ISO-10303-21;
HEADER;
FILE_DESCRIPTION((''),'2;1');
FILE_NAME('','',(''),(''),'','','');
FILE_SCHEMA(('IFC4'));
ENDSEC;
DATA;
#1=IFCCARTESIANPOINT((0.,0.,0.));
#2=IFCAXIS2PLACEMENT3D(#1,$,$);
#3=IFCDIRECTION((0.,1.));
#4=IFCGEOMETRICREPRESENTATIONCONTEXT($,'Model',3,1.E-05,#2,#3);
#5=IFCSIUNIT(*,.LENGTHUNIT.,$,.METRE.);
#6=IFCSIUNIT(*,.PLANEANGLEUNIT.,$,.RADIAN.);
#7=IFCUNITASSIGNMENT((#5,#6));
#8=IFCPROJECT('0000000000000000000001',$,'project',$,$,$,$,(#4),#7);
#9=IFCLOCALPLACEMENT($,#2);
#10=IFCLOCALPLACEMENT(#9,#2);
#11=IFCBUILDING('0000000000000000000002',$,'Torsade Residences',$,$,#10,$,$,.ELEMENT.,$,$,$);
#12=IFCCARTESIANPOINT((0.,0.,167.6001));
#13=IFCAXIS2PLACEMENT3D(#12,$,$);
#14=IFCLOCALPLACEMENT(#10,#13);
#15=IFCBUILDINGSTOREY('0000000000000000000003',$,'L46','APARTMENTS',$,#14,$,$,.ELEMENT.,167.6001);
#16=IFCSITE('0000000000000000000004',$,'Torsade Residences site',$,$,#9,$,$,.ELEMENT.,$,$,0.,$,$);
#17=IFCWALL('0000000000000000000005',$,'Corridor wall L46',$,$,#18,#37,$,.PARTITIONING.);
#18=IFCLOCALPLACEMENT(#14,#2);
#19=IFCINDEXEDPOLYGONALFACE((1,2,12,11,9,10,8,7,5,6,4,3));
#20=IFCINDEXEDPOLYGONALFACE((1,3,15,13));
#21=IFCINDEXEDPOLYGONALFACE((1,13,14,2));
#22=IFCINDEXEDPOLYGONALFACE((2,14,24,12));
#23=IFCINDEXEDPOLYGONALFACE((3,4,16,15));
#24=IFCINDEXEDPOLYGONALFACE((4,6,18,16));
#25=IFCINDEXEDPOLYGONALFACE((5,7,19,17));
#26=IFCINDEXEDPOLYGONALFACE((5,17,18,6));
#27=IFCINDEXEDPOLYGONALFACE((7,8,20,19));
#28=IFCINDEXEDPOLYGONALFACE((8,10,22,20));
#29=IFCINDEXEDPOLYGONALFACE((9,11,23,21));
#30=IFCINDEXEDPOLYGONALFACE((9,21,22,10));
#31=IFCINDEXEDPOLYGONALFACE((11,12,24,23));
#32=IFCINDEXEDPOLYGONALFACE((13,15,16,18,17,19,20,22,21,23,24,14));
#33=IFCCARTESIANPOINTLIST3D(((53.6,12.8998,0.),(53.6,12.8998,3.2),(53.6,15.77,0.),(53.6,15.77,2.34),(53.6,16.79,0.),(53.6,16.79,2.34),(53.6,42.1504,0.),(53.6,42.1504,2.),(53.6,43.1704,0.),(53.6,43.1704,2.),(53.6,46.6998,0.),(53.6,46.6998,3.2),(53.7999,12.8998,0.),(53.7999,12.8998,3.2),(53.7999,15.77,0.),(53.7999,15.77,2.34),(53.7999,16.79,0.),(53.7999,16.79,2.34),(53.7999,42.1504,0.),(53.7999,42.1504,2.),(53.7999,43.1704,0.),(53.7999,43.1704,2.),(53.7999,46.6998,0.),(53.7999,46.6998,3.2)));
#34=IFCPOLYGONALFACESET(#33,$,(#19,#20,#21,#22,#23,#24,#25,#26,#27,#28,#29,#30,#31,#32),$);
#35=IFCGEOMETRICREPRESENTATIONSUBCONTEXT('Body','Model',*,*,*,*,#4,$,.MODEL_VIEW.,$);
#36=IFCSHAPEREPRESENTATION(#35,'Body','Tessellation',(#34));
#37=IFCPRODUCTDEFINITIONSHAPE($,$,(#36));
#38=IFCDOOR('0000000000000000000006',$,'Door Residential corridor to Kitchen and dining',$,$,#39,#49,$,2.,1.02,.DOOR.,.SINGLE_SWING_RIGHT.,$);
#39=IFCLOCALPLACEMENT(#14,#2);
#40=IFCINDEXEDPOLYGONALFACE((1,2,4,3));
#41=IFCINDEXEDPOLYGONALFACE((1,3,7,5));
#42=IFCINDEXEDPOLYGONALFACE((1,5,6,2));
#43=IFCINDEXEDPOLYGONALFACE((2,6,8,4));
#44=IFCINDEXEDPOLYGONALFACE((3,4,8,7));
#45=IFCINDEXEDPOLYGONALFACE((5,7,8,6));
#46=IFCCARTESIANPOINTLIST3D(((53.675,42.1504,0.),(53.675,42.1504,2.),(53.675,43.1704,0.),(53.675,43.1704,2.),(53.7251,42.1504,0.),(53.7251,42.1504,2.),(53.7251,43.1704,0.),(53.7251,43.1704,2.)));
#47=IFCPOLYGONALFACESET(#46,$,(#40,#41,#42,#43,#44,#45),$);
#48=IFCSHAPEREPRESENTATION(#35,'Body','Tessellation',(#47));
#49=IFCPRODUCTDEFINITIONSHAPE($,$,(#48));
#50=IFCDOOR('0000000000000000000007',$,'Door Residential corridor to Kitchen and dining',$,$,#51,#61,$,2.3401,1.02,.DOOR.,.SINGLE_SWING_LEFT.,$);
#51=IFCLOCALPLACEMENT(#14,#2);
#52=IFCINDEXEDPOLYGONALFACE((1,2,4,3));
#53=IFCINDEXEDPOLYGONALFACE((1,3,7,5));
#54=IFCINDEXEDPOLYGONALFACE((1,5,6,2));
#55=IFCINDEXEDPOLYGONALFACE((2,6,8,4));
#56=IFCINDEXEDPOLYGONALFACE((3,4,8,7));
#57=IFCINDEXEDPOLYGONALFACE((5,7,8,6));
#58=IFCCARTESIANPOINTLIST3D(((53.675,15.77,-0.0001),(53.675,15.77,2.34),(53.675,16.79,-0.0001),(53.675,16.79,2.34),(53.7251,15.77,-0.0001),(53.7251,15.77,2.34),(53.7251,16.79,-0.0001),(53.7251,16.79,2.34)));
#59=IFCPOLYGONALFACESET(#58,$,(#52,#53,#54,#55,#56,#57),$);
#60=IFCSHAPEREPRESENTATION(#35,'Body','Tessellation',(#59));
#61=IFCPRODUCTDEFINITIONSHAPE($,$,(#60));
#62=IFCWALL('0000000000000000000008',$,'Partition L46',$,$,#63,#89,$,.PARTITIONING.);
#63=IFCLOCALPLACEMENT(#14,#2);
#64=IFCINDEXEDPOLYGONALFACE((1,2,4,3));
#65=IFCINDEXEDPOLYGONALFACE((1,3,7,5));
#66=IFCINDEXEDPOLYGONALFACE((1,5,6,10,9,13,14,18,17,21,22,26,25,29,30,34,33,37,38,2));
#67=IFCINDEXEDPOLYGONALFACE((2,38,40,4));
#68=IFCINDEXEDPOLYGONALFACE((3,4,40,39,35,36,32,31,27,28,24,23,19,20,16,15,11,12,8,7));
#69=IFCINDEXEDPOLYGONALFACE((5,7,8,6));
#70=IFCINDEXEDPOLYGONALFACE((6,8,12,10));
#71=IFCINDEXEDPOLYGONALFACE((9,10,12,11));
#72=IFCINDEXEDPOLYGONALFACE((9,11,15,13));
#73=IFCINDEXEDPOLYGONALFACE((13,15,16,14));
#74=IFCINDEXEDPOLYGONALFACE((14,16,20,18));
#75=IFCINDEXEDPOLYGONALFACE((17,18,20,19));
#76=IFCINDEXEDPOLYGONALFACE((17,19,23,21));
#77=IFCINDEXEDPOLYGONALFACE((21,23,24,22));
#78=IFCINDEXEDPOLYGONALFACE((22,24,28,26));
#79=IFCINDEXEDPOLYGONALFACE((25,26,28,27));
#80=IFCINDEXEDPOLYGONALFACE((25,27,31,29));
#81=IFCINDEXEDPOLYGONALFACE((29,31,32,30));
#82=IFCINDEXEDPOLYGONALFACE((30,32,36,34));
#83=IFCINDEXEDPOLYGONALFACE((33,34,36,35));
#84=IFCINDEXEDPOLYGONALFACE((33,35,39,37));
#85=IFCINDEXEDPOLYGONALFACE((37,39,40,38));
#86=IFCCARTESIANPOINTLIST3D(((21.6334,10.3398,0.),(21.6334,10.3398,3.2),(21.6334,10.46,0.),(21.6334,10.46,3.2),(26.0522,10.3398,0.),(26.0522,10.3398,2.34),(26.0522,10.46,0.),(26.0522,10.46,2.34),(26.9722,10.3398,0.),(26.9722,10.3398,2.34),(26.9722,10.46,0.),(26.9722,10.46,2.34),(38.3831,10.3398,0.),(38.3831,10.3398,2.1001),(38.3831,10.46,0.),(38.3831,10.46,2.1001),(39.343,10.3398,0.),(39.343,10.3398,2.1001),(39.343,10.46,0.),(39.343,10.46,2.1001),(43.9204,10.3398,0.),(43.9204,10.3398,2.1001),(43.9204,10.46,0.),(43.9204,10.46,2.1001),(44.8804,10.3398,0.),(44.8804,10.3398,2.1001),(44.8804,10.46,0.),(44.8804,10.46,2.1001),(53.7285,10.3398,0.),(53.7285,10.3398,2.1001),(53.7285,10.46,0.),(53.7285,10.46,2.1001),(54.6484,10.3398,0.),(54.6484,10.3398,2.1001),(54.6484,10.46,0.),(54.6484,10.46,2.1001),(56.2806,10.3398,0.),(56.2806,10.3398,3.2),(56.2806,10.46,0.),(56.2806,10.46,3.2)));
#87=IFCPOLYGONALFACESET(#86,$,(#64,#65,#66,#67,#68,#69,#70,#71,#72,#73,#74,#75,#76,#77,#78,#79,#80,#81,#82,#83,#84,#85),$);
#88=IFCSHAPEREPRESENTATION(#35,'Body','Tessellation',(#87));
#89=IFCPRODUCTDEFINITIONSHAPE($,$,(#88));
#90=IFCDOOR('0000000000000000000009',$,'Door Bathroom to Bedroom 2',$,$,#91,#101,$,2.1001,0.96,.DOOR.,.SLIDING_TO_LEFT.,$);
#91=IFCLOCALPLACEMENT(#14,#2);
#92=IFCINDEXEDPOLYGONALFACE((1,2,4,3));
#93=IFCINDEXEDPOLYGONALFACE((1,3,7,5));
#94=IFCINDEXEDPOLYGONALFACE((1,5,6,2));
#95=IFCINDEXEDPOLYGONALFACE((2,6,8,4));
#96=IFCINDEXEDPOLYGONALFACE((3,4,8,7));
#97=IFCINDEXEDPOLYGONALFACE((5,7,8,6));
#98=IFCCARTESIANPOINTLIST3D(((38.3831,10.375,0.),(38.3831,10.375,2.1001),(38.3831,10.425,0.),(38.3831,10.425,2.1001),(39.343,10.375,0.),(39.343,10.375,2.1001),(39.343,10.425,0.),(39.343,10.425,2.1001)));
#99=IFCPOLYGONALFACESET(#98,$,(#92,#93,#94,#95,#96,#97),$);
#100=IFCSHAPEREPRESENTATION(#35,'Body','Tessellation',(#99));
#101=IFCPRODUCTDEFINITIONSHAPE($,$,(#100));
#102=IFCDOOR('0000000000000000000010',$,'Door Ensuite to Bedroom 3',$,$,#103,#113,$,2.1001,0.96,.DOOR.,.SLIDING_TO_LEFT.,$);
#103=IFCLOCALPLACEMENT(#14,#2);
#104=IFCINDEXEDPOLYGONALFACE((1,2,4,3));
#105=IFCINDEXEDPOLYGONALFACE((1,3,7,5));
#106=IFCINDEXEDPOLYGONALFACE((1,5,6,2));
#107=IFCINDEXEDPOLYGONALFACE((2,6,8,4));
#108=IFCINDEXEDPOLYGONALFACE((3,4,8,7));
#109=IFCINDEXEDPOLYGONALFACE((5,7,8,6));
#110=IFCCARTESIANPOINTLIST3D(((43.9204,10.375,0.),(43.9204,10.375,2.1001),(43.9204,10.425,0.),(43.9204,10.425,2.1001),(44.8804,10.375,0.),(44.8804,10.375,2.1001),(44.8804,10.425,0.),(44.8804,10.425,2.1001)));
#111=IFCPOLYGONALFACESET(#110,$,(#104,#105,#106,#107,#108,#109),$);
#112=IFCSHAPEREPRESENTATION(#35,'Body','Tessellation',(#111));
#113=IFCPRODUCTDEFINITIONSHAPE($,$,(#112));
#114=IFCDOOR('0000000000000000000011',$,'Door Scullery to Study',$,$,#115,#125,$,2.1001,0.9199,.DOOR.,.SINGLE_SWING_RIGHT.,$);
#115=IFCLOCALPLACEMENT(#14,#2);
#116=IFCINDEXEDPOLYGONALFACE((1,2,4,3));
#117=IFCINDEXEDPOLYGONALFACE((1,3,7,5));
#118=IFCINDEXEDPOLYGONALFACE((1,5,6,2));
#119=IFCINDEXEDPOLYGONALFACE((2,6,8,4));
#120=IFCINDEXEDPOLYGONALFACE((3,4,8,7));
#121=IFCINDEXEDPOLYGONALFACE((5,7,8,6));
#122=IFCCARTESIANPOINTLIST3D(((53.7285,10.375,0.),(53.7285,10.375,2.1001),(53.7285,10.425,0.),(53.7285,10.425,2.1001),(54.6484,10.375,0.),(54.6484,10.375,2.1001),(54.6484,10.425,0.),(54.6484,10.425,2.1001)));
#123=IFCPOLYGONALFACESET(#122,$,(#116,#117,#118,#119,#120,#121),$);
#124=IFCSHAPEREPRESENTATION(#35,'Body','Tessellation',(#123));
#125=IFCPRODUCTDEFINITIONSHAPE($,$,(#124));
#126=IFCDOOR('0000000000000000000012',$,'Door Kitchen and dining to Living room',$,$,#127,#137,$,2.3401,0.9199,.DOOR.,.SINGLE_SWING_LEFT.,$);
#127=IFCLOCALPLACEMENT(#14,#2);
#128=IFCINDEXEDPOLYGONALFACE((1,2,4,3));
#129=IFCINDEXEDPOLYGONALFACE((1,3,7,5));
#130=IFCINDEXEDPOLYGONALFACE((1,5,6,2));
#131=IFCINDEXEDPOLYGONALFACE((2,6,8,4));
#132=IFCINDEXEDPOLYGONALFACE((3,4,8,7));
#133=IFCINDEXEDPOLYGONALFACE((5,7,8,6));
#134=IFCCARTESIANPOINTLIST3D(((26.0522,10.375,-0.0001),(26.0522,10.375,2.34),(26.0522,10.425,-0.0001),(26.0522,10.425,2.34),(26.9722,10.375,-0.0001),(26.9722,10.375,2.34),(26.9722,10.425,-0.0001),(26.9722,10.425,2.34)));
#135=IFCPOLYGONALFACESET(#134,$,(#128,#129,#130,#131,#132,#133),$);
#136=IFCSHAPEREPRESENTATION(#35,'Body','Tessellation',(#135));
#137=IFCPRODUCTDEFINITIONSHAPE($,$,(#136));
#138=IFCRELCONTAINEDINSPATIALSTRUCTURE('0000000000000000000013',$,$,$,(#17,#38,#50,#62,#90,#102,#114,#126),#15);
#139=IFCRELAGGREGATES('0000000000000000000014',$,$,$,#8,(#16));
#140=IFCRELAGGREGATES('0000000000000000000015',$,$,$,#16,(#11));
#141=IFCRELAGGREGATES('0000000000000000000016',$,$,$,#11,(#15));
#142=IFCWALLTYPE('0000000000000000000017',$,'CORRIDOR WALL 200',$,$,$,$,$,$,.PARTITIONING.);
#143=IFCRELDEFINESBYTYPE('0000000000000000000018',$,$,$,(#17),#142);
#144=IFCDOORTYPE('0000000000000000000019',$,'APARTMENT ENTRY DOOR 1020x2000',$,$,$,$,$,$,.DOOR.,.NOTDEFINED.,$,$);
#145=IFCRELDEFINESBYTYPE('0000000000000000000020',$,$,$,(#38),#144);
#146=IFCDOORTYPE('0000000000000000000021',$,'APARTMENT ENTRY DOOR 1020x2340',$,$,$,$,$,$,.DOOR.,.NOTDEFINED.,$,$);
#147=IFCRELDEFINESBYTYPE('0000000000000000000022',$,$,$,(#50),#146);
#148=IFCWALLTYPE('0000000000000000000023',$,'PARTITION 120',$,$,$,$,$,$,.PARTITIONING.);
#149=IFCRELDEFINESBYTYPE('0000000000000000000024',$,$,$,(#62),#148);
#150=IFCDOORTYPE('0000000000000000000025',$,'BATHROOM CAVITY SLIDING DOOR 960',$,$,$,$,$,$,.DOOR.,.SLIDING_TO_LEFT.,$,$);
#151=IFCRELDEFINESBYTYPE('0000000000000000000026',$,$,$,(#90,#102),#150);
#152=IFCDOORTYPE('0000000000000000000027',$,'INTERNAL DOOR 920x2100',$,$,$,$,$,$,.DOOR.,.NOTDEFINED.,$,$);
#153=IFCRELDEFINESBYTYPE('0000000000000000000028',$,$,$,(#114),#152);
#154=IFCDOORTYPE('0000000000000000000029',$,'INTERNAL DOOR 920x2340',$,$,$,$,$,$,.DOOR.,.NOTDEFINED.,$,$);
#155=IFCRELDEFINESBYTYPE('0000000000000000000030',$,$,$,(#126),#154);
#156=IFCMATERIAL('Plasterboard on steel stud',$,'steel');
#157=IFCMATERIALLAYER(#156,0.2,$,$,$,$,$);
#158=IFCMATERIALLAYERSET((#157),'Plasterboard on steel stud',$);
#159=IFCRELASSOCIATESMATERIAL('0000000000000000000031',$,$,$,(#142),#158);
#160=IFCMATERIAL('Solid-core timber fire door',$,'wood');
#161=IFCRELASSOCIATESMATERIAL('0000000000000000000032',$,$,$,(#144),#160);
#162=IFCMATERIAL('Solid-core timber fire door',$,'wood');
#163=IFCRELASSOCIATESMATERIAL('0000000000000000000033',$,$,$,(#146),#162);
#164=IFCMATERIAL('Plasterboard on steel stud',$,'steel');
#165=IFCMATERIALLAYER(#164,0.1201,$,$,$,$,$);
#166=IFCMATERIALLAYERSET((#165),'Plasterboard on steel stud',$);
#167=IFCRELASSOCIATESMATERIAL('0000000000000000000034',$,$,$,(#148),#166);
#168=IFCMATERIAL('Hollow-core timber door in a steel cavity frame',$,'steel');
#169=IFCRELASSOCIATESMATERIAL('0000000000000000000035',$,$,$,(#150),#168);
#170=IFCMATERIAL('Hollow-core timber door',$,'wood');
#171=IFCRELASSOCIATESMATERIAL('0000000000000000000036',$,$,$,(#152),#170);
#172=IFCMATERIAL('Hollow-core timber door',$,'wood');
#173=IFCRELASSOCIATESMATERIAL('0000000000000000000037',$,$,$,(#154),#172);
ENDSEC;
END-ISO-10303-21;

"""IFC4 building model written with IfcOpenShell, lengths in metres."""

from ifc_helpers import new_model, si_unit, direction, frame, frame_2d, origin, place, context, subcontext, project, spatial, rectangle, extrude, material, layer, layer_set, type_object, element, fill, save


model = new_model("IFC4")

# Units and contexts
model_context = context("Model", 3, precision=1e-05, world=origin(), true_north=direction((0.0, 1.0)))
body_context = subcontext(model_context, "Body", "Model", "MODEL_VIEW")
ifc_project = project(units=[si_unit("LENGTHUNIT", "METRE"), si_unit("PLANEANGLEUNIT", "RADIAN")], contexts=[model_context])

# Site, building, storey
site_placement = place(None, origin())
site = spatial("IfcSite", under=ifc_project, at=site_placement, Name="Torsade Residences site", CompositionType="ELEMENT", RefElevation=0.0)
building_placement = place(site_placement, origin())
building = spatial("IfcBuilding", under=site, at=building_placement, Name="Torsade Residences", CompositionType="ELEMENT")
storey_placement = place(building_placement, frame((0.0, 0.0, 167.6001)))
storey = spatial("IfcBuildingStorey", under=building, at=storey_placement, Name="L46", Description="APARTMENTS", CompositionType="ELEMENT", Elevation=167.6001)

# Walls, openings, doors
ifc_material_1 = material(Name="Plasterboard on steel stud", Category="steel")
ifc_layer_1 = layer(ifc_material_1, 0.2)
ifc_layer_set_1 = layer_set([ifc_layer_1], Name="Plasterboard on steel stud")
wall_type_1 = type_object("IfcWallType", Name="CORRIDOR WALL 200", PredefinedType="PARTITIONING", material=ifc_layer_set_1)
wall_1_placement = place(storey_placement, frame((53.7, 12.8999, 0.0), z_axis=(0.0, 0.0, 1.0), x_axis=(0.0, 1.0, 0.0)))
wall_1 = element("IfcWall", 1, at=wall_1_placement, inside=storey, type_object=wall_type_1, Name="Corridor wall L46", PredefinedType="PARTITIONING", context=body_context, shape_type="SweptSolid", body=[
    extrude(rectangle(XDim=33.8, YDim=0.2, at=frame_2d((16.8999, 0.0))), origin(), (0.0, 0.0, 1.0), 3.2),
])
opening_1_placement = place(wall_1_placement, frame((29.2505, 0.0, 0.0)))
opening_1 = element("IfcOpeningElement", 2, at=opening_1_placement, cuts=wall_1, PredefinedType="OPENING", context=body_context, shape_type="SweptSolid", body=[
    extrude(rectangle(XDim=1.02, YDim=2.0, at=frame_2d((0.51, 1.0))), frame((0.0, 0.1099, 0.0), z_axis=(0.0, -1.0, 0.0), x_axis=(1.0, 0.0, 0.0)), (0.0, 0.0, 1.0), 0.22),
])
opening_2_placement = place(wall_1_placement, frame((2.8701, 0.0, 0.0)))
opening_2 = element("IfcOpeningElement", 3, at=opening_2_placement, cuts=wall_1, PredefinedType="OPENING", context=body_context, shape_type="SweptSolid", body=[
    extrude(rectangle(XDim=1.02, YDim=2.3401, at=frame_2d((0.51, 1.1699))), frame((0.0, 0.1099, 0.0), z_axis=(0.0, -1.0, 0.0), x_axis=(1.0, 0.0, 0.0)), (0.0, 0.0, 1.0), 0.22),
])
ifc_material_2 = material(Name="Solid-core timber fire door", Category="wood")
door_type_1 = type_object("IfcDoorType", Name="APARTMENT ENTRY DOOR 1020x2000", OperationType="NOTDEFINED", PredefinedType="DOOR", material=ifc_material_2)
door_1_placement = place(opening_1_placement, origin())
door_1 = element("IfcDoor", 4, at=door_1_placement, inside=storey, type_object=door_type_1, Name="Door Residential corridor to Kitchen and dining", OperationType="SINGLE_SWING_RIGHT", OverallHeight=2.0, OverallWidth=1.02, PredefinedType="DOOR", context=body_context, shape_type="SweptSolid", body=[
    extrude(rectangle(XDim=1.02, YDim=2.0, at=frame_2d((0.51, 1.0))), frame((0.0, 0.0249, 0.0), z_axis=(0.0, -1.0, 0.0), x_axis=(1.0, 0.0, 0.0)), (0.0, 0.0, 1.0), 0.05),
])
fill(opening_1, door_1)
ifc_material_3 = material(Name="Solid-core timber fire door", Category="wood")
door_type_2 = type_object("IfcDoorType", Name="APARTMENT ENTRY DOOR 1020x2340", OperationType="NOTDEFINED", PredefinedType="DOOR", material=ifc_material_3)
door_2_placement = place(opening_2_placement, origin())
door_2 = element("IfcDoor", 5, at=door_2_placement, inside=storey, type_object=door_type_2, Name="Door Residential corridor to Kitchen and dining", OperationType="SINGLE_SWING_LEFT", OverallHeight=2.3401, OverallWidth=1.02, PredefinedType="DOOR", context=body_context, shape_type="SweptSolid", body=[
    extrude(rectangle(XDim=1.02, YDim=2.3401, at=frame_2d((0.51, 1.1699))), frame((0.0, 0.0249, 0.0), z_axis=(0.0, -1.0, 0.0), x_axis=(1.0, 0.0, 0.0)), (0.0, 0.0, 1.0), 0.05),
])
fill(opening_2, door_2)
ifc_material_4 = material(Name="Plasterboard on steel stud", Category="steel")
ifc_layer_2 = layer(ifc_material_4, 0.1201)
ifc_layer_set_2 = layer_set([ifc_layer_2], Name="Plasterboard on steel stud")
wall_type_2 = type_object("IfcWallType", Name="PARTITION 120", PredefinedType="PARTITIONING", material=ifc_layer_set_2)
wall_2_placement = place(storey_placement, frame((56.2808, 10.3999, 0.0), z_axis=(0.0, 0.0, 1.0), x_axis=(-1.0, 0.0, 0.0)))
wall_2 = element("IfcWall", 6, at=wall_2_placement, inside=storey, type_object=wall_type_2, Name="Partition L46", PredefinedType="PARTITIONING", context=body_context, shape_type="SweptSolid", body=[
    extrude(rectangle(XDim=34.6472, YDim=0.1201, at=frame_2d((17.3237, 0.0))), origin(), (0.0, 0.0, 1.0), 3.2),
])
opening_3_placement = place(wall_2_placement, frame((29.3086, 0.0, 0.0)))
opening_3 = element("IfcOpeningElement", 7, at=opening_3_placement, cuts=wall_2, PredefinedType="OPENING", context=body_context, shape_type="SweptSolid", body=[
    extrude(rectangle(XDim=0.9199, YDim=2.3401, at=frame_2d((0.46, 1.1699))), frame((0.0, 0.0701, 0.0), z_axis=(0.0, -1.0, 0.0), x_axis=(1.0, 0.0, 0.0)), (0.0, 0.0, 1.0), 0.1401),
])
opening_4_placement = place(wall_2_placement, frame((1.6323, 0.0, 0.0)))
opening_4 = element("IfcOpeningElement", 8, at=opening_4_placement, cuts=wall_2, PredefinedType="OPENING", context=body_context, shape_type="SweptSolid", body=[
    extrude(rectangle(XDim=0.9199, YDim=2.1001, at=frame_2d((0.46, 1.05))), frame((0.0, 0.0701, 0.0), z_axis=(0.0, -1.0, 0.0), x_axis=(1.0, 0.0, 0.0)), (0.0, 0.0, 1.0), 0.1401),
])
opening_5_placement = place(wall_2_placement, frame((16.9377, 0.0, 0.0)))
opening_5 = element("IfcOpeningElement", 9, at=opening_5_placement, cuts=wall_2, PredefinedType="OPENING", context=body_context, shape_type="SweptSolid", body=[
    extrude(rectangle(XDim=0.96, YDim=2.1001, at=frame_2d((0.48, 1.05))), frame((0.0, 0.0701, 0.0), z_axis=(0.0, -1.0, 0.0), x_axis=(1.0, 0.0, 0.0)), (0.0, 0.0, 1.0), 0.1401),
])
opening_6_placement = place(wall_2_placement, frame((11.4004, 0.0, 0.0)))
opening_6 = element("IfcOpeningElement", 10, at=opening_6_placement, cuts=wall_2, PredefinedType="OPENING", context=body_context, shape_type="SweptSolid", body=[
    extrude(rectangle(XDim=0.96, YDim=2.1001, at=frame_2d((0.48, 1.05))), frame((0.0, 0.0701, 0.0), z_axis=(0.0, -1.0, 0.0), x_axis=(1.0, 0.0, 0.0)), (0.0, 0.0, 1.0), 0.1401),
])
ifc_material_5 = material(Name="Hollow-core timber door in a steel cavity frame", Category="steel")
door_type_3 = type_object("IfcDoorType", Name="BATHROOM CAVITY SLIDING DOOR 960", OperationType="SLIDING_TO_LEFT", PredefinedType="DOOR", material=ifc_material_5)
door_3_placement = place(opening_5_placement, origin())
door_3 = element("IfcDoor", 11, at=door_3_placement, inside=storey, type_object=door_type_3, Name="Door Bathroom to Bedroom 2", OperationType="SLIDING_TO_LEFT", OverallHeight=2.1001, OverallWidth=0.96, PredefinedType="DOOR", context=body_context, shape_type="SweptSolid", body=[
    extrude(rectangle(XDim=0.96, YDim=2.1001, at=frame_2d((0.48, 1.05))), frame((0.0, 0.0249, 0.0), z_axis=(0.0, -1.0, 0.0), x_axis=(1.0, 0.0, 0.0)), (0.0, 0.0, 1.0), 0.05),
])
fill(opening_5, door_3)
door_4_placement = place(opening_6_placement, origin())
door_4 = element("IfcDoor", 12, at=door_4_placement, inside=storey, type_object=door_type_3, Name="Door Ensuite to Bedroom 3", OperationType="SLIDING_TO_LEFT", OverallHeight=2.1001, OverallWidth=0.96, PredefinedType="DOOR", context=body_context, shape_type="SweptSolid", body=[
    extrude(rectangle(XDim=0.96, YDim=2.1001, at=frame_2d((0.48, 1.05))), frame((0.0, 0.0249, 0.0), z_axis=(0.0, -1.0, 0.0), x_axis=(1.0, 0.0, 0.0)), (0.0, 0.0, 1.0), 0.05),
])
fill(opening_6, door_4)
ifc_material_6 = material(Name="Hollow-core timber door", Category="wood")
door_type_4 = type_object("IfcDoorType", Name="INTERNAL DOOR 920x2100", OperationType="NOTDEFINED", PredefinedType="DOOR", material=ifc_material_6)
door_5_placement = place(opening_4_placement, origin())
door_5 = element("IfcDoor", 13, at=door_5_placement, inside=storey, type_object=door_type_4, Name="Door Scullery to Study", OperationType="SINGLE_SWING_RIGHT", OverallHeight=2.1001, OverallWidth=0.9199, PredefinedType="DOOR", context=body_context, shape_type="SweptSolid", body=[
    extrude(rectangle(XDim=0.9199, YDim=2.1001, at=frame_2d((0.46, 1.05))), frame((0.0, 0.0249, 0.0), z_axis=(0.0, -1.0, 0.0), x_axis=(1.0, 0.0, 0.0)), (0.0, 0.0, 1.0), 0.05),
])
fill(opening_4, door_5)
ifc_material_7 = material(Name="Hollow-core timber door", Category="wood")
door_type_5 = type_object("IfcDoorType", Name="INTERNAL DOOR 920x2340", OperationType="NOTDEFINED", PredefinedType="DOOR", material=ifc_material_7)
door_6_placement = place(opening_3_placement, origin())
door_6 = element("IfcDoor", 14, at=door_6_placement, inside=storey, type_object=door_type_5, Name="Door Kitchen and dining to Living room", OperationType="SINGLE_SWING_LEFT", OverallHeight=2.3401, OverallWidth=0.9199, PredefinedType="DOOR", context=body_context, shape_type="SweptSolid", body=[
    extrude(rectangle(XDim=0.9199, YDim=2.3401, at=frame_2d((0.46, 1.1699))), frame((0.0, 0.0249, 0.0), z_axis=(0.0, -1.0, 0.0), x_axis=(1.0, 0.0, 0.0)), (0.0, 0.0, 1.0), 0.05),
])
fill(opening_3, door_6)

save(model, "model.ifc")
